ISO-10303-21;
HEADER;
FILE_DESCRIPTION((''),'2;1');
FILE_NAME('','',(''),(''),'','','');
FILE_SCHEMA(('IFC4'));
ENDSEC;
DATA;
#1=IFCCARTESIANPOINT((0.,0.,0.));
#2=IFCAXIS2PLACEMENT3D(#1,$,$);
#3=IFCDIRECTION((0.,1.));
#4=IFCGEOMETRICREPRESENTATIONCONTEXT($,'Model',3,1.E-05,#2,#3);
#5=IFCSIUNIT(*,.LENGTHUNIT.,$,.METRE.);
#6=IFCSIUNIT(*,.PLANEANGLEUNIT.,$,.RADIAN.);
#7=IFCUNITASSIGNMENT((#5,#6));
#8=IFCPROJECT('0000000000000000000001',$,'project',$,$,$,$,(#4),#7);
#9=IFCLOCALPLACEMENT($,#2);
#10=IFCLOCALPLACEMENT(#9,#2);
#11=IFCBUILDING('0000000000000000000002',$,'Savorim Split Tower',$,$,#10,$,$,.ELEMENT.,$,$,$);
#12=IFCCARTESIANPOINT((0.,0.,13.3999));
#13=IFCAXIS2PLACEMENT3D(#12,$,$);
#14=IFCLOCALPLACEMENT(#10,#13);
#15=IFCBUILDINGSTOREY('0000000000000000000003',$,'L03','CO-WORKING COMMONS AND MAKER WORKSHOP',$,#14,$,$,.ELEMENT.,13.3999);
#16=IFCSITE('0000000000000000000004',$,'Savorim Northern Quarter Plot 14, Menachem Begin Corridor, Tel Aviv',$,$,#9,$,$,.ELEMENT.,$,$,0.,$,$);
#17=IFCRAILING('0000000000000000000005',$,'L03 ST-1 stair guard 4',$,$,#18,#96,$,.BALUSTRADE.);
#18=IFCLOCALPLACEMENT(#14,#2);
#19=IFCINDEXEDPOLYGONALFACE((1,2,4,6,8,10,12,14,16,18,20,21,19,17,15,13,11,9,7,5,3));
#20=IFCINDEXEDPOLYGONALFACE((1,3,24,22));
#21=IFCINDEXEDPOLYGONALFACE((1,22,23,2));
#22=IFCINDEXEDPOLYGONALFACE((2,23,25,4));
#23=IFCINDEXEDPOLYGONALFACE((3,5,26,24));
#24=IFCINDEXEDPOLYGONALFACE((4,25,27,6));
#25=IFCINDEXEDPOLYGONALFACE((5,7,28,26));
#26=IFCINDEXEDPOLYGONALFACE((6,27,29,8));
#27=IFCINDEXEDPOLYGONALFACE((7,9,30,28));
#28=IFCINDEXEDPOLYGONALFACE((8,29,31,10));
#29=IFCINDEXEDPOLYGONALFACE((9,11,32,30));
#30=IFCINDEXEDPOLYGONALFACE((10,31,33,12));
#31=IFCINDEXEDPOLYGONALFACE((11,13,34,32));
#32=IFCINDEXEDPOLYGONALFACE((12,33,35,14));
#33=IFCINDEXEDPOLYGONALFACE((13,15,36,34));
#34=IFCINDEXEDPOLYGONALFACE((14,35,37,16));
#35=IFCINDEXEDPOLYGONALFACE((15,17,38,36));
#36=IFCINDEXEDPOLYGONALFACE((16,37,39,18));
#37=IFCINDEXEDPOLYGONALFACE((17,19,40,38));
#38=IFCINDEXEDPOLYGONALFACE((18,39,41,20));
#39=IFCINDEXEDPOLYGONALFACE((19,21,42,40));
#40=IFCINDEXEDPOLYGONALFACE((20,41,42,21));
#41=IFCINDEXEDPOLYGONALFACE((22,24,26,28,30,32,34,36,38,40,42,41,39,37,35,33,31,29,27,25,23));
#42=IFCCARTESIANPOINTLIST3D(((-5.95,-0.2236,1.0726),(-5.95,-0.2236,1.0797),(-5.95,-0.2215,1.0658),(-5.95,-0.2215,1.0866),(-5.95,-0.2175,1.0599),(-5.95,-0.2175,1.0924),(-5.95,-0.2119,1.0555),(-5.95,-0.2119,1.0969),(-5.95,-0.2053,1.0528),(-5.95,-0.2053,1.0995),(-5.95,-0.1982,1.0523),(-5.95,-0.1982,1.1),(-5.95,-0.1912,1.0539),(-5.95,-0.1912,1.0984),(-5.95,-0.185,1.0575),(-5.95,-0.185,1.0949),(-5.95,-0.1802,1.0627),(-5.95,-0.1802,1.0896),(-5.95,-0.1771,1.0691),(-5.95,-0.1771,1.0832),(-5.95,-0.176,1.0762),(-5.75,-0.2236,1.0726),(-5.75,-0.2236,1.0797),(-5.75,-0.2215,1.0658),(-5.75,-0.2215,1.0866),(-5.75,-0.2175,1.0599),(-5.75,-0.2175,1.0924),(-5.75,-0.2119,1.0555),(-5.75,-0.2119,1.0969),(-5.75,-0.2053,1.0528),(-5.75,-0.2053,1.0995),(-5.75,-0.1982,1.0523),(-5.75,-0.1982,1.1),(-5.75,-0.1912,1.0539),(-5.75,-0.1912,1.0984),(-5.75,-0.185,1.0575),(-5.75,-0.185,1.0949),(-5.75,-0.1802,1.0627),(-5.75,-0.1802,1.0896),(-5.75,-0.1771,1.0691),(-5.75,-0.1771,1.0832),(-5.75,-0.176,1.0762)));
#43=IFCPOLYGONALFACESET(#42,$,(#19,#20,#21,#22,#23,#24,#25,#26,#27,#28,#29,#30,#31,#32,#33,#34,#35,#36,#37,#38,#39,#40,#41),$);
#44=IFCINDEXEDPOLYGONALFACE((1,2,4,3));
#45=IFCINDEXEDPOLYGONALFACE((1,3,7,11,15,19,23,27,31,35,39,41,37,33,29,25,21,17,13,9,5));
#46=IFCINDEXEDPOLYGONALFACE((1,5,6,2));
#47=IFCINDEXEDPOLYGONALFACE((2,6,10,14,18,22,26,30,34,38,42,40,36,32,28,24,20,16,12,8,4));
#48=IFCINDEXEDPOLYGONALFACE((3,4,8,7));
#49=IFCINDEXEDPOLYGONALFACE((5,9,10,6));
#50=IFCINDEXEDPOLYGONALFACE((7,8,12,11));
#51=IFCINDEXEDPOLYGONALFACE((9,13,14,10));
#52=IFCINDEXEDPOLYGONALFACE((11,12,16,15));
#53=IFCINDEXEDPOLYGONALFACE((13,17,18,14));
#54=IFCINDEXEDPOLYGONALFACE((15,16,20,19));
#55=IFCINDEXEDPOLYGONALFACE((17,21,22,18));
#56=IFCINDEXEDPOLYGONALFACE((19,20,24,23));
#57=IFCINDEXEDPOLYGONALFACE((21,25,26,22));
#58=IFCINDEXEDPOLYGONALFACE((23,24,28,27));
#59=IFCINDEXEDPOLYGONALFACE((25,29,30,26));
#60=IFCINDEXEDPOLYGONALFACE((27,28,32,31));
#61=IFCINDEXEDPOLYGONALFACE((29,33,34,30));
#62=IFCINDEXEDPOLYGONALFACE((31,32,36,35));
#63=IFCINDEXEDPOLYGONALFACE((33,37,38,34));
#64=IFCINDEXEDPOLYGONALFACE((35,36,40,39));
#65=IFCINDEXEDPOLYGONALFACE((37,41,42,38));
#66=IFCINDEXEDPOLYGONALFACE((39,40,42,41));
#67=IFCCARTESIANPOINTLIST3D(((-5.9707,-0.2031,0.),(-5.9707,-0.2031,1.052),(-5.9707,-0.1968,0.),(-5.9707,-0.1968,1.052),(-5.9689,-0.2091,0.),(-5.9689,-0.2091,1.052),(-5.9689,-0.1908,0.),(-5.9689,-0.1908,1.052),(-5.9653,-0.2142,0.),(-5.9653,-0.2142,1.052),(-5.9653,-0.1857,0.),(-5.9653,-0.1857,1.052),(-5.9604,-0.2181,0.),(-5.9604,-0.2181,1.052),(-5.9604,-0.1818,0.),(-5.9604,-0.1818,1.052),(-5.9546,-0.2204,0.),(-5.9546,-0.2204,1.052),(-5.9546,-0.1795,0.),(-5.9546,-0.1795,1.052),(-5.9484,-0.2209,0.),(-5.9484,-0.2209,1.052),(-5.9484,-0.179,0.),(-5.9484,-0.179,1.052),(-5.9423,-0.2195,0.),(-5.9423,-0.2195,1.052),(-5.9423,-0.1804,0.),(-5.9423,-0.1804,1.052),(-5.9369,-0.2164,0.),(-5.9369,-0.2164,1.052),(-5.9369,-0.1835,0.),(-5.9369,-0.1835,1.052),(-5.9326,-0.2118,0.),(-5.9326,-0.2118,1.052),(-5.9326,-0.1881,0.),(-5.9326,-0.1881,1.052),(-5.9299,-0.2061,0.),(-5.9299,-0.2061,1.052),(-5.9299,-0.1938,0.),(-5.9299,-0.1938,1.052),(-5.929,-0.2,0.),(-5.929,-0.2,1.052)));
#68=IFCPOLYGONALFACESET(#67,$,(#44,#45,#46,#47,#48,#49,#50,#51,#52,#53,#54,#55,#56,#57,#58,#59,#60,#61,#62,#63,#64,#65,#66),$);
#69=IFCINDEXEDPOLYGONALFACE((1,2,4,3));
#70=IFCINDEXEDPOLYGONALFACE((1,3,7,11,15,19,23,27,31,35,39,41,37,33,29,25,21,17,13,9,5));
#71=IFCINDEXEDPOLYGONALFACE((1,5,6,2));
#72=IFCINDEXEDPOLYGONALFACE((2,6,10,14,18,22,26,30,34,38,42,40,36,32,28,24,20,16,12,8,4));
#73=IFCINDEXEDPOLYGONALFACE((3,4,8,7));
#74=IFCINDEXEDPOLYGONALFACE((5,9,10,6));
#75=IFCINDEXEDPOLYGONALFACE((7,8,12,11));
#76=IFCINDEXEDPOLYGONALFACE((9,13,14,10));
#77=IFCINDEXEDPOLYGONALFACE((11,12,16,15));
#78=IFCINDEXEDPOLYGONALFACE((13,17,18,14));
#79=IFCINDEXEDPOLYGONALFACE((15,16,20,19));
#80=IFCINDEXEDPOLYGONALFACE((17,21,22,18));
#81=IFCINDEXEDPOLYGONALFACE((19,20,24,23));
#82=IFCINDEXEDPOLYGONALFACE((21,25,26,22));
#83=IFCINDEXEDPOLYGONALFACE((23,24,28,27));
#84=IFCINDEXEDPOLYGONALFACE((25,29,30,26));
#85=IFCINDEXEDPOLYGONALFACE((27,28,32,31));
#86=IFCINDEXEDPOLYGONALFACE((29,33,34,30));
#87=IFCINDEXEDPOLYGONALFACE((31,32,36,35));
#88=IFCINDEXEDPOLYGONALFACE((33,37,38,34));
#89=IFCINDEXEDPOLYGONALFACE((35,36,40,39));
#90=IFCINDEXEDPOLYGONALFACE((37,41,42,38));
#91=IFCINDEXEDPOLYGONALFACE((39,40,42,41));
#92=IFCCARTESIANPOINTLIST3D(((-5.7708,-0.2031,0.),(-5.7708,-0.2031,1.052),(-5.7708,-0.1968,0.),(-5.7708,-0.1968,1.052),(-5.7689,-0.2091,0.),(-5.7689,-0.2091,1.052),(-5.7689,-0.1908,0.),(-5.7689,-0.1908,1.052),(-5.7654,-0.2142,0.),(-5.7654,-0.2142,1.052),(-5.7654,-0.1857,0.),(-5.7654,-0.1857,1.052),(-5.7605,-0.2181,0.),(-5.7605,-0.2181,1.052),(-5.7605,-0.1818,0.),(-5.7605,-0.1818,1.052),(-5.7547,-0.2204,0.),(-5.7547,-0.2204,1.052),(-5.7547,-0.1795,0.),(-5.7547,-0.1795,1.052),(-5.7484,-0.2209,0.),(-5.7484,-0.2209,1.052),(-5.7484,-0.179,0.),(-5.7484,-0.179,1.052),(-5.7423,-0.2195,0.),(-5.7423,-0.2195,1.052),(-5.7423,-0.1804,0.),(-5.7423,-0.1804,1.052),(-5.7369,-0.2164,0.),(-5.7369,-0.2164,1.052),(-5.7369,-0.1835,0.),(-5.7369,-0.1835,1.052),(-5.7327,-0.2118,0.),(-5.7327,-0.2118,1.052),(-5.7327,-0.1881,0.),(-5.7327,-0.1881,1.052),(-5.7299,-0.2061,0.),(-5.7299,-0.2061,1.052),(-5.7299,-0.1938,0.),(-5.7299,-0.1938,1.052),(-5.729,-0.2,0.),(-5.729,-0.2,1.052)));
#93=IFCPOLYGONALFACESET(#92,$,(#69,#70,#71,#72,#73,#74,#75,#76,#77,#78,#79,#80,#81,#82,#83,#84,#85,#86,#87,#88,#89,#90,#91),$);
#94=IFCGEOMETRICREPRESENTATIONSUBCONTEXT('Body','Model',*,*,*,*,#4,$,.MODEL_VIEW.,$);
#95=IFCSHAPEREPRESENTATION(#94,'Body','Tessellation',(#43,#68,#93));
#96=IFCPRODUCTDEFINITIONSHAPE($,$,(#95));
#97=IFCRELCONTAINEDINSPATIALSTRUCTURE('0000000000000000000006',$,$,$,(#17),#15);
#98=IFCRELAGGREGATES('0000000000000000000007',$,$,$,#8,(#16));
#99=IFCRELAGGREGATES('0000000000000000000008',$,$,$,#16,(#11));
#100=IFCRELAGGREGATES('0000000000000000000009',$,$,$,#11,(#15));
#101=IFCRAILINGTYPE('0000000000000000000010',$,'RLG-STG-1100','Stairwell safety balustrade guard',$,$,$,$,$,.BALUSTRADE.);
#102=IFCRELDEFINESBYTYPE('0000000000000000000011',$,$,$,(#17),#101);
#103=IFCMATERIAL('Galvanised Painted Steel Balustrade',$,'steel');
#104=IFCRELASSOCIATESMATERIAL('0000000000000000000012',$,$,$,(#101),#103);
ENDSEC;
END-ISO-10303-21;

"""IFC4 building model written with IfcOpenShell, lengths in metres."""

from ifc_helpers import new_model, si_unit, direction, frame, origin, origin_2d, place, context, subcontext, project, spatial, circle, extrude, material, type_object, element, save


model = new_model("IFC4")

# Units and contexts
model_context = context("Model", 3, precision=1e-05, world=origin(), true_north=direction((0.0, 1.0)))
body_context = subcontext(model_context, "Body", "Model", "MODEL_VIEW")
ifc_project = project(units=[si_unit("LENGTHUNIT", "METRE"), si_unit("PLANEANGLEUNIT", "RADIAN")], contexts=[model_context])

# Site, building, storey
site_placement = place(None, origin())
site = spatial("IfcSite", under=ifc_project, at=site_placement, Name="Savorim Northern Quarter Plot 14, Menachem Begin Corridor, Tel Aviv", CompositionType="ELEMENT", RefElevation=0.0)
building_placement = place(site_placement, origin())
building = spatial("IfcBuilding", under=site, at=building_placement, Name="Savorim Split Tower", CompositionType="ELEMENT")
storey_placement = place(building_placement, frame((0.0, 0.0, 13.3999)))
storey = spatial("IfcBuildingStorey", under=building, at=storey_placement, Name="L03", Description="CO-WORKING COMMONS AND MAKER WORKSHOP", CompositionType="ELEMENT", Elevation=13.3999)

# Railing
ifc_material_1 = material(Name="Galvanised Painted Steel Balustrade", Category="steel")
railing_type_1 = type_object("IfcRailingType", Name="RLG-STG-1100", Description="Stairwell safety balustrade guard", PredefinedType="BALUSTRADE", material=ifc_material_1)
railing_1_placement = place(storey_placement, frame((-5.95, -0.2, 0.0)))
element("IfcRailing", 1, at=railing_1_placement, inside=storey, type_object=railing_type_1, Name="L03 ST-1 stair guard 4", PredefinedType="BALUSTRADE", context=body_context, shape_type="SweptSolid", body=[
    extrude(circle(Radius=0.0239, at=origin_2d()), frame((0.0, 0.0, 1.0762), z_axis=(1.0, 0.0, 0.0), x_axis=(0.0, 1.0, 0.0)), (0.0, 0.0, 1.0), 0.2),
    extrude(circle(Radius=0.021, at=origin_2d()), origin(), (0.0, 0.0, 1.0), 1.052),
    extrude(circle(Radius=0.021, at=origin_2d()), frame((0.2, 0.0, 0.0)), (0.0, 0.0, 1.0), 1.052),
])

save(model, "model.ifc")
